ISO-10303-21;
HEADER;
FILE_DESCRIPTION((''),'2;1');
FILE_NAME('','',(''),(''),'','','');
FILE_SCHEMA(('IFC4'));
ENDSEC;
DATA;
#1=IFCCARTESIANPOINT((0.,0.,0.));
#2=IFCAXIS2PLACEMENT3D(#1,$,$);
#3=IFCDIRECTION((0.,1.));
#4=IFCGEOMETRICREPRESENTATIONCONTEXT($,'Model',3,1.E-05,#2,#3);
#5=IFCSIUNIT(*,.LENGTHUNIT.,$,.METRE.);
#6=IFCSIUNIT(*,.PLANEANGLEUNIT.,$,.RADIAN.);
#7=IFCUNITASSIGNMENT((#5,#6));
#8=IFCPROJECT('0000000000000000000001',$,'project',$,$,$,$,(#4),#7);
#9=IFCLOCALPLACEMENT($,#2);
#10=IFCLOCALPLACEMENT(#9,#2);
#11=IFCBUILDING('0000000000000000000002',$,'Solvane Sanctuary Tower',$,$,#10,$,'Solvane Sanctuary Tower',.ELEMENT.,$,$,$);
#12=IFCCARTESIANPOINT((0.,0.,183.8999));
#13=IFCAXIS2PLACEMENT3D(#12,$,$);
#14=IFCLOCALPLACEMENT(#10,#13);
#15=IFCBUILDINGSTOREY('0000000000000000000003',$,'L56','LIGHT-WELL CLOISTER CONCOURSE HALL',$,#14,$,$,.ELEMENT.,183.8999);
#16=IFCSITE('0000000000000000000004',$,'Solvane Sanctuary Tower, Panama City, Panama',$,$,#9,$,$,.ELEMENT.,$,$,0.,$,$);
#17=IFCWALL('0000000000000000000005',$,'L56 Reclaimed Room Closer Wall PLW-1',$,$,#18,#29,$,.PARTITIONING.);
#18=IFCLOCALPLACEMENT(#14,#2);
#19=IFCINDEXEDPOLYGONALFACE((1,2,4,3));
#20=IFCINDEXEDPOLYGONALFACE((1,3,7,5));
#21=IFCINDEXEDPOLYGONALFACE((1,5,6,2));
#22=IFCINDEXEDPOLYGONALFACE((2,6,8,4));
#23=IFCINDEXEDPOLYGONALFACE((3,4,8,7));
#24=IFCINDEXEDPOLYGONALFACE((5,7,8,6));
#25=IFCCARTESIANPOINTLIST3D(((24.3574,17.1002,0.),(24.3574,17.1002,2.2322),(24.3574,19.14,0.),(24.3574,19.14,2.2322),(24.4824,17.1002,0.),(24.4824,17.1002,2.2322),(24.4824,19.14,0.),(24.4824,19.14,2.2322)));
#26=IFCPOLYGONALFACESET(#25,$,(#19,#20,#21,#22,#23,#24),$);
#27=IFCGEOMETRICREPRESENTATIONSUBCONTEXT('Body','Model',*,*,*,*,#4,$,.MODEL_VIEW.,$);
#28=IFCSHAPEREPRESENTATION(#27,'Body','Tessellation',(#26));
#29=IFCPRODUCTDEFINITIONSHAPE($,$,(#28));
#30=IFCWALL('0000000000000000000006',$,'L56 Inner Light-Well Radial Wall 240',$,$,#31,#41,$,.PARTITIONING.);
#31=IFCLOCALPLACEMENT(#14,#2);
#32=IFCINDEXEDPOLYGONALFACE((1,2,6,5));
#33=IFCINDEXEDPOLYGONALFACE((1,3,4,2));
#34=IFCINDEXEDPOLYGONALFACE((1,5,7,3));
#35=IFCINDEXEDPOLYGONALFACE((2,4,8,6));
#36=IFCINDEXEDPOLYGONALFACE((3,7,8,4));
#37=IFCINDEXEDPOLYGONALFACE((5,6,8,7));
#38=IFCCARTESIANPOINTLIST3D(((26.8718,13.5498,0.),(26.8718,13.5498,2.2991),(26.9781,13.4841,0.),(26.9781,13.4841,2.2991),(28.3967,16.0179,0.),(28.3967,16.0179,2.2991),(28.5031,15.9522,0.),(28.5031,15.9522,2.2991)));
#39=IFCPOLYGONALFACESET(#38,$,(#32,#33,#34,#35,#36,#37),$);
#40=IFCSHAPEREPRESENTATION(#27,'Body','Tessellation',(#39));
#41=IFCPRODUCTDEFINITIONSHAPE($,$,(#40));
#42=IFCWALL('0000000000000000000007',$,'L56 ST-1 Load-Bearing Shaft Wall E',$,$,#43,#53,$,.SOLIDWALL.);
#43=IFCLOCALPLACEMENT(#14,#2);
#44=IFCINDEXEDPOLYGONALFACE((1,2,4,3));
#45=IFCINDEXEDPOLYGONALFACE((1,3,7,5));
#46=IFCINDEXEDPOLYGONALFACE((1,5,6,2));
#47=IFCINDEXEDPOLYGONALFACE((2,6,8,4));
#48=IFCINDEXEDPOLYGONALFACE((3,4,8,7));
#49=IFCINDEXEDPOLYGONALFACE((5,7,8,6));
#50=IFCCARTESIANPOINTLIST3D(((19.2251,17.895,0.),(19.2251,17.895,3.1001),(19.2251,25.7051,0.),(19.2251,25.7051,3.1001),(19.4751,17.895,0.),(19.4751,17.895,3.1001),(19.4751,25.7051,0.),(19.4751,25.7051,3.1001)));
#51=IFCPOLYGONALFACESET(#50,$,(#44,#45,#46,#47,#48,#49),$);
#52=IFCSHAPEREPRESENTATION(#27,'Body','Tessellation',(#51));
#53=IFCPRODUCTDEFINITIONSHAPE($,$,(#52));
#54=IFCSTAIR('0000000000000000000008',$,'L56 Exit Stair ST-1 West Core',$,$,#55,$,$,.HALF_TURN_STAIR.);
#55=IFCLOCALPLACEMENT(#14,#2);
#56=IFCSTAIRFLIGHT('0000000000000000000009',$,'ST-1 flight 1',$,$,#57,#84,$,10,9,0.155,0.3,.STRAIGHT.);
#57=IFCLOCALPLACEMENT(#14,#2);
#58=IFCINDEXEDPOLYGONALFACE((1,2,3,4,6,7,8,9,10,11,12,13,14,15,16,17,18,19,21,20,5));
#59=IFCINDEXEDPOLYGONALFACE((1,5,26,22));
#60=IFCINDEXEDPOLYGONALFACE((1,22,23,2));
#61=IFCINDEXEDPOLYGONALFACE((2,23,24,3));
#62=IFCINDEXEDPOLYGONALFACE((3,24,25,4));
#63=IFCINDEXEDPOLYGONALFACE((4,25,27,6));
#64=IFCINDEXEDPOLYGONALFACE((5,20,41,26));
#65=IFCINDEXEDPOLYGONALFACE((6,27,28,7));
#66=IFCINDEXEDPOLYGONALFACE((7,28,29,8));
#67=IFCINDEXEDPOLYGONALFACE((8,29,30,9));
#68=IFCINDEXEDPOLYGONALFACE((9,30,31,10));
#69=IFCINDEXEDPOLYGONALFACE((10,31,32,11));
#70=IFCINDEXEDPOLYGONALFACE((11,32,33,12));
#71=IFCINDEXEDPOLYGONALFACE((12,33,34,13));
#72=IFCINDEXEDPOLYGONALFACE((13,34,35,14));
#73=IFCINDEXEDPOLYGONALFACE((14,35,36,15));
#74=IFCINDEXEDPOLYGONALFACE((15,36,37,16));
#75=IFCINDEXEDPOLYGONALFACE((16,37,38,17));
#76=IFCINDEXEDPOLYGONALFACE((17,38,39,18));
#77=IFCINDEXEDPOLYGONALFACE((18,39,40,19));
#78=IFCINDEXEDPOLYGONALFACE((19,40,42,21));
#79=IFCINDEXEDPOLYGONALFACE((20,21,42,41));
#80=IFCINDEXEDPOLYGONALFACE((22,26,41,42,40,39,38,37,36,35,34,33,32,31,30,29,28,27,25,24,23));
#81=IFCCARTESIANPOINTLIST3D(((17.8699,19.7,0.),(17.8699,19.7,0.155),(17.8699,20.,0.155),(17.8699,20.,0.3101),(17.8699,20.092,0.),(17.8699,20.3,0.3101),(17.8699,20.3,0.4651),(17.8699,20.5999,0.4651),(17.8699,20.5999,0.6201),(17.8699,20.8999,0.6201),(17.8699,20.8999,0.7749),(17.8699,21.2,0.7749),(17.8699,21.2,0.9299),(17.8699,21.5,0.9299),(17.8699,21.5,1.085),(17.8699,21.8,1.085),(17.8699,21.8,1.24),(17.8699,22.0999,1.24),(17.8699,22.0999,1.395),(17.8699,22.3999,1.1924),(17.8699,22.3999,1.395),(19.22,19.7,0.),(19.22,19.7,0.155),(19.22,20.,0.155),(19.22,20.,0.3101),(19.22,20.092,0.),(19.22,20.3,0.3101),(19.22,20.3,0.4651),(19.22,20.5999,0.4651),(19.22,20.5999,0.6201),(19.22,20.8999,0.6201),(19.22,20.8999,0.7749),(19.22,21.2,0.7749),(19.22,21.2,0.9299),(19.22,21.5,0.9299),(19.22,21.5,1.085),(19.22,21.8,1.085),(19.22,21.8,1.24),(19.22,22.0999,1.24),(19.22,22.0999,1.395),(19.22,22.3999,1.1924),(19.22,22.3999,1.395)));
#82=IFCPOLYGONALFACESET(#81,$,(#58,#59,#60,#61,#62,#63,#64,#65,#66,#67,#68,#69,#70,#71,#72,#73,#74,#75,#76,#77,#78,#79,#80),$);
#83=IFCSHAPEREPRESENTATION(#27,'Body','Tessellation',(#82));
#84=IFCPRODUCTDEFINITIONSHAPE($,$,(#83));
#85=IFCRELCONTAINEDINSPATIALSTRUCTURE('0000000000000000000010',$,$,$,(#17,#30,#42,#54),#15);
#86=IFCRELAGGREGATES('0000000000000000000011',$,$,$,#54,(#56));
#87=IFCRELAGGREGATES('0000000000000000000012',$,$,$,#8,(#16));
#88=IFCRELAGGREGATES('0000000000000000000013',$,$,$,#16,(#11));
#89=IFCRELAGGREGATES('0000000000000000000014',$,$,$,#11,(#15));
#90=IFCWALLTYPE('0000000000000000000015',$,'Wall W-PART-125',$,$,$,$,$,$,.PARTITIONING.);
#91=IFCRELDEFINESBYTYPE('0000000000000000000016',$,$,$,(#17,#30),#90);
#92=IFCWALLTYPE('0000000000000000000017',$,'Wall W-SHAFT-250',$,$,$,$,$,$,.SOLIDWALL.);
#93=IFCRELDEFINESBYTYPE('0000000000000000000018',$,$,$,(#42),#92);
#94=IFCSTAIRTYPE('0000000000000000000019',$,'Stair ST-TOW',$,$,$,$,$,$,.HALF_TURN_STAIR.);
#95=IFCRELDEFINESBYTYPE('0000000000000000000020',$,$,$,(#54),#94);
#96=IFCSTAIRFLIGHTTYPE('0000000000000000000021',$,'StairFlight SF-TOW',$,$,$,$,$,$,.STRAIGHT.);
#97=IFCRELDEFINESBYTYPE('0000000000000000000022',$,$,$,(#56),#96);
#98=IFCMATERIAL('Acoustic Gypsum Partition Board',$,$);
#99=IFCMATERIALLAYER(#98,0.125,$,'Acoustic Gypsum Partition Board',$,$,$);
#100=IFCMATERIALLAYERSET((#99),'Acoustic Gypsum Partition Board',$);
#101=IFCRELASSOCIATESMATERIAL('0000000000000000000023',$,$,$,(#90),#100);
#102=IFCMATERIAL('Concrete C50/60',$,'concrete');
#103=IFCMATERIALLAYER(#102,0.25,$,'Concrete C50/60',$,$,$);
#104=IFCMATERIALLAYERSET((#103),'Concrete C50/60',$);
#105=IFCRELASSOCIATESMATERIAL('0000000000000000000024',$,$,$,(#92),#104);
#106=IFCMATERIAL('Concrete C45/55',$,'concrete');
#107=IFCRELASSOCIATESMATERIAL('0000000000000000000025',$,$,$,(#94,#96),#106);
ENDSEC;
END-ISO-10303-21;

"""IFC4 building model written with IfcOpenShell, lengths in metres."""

from ifc_helpers import new_model, si_unit, direction, frame, frame_2d, origin, place, context, subcontext, project, spatial, polyline, rectangle, outline, extrude, material, layer, layer_set, type_object, element, aggregate, save


model = new_model("IFC4")

# Units and contexts
model_context = context("Model", 3, precision=1e-05, world=origin(), true_north=direction((0.0, 1.0)))
body_context = subcontext(model_context, "Body", "Model", "MODEL_VIEW")
ifc_project = project(units=[si_unit("LENGTHUNIT", "METRE"), si_unit("PLANEANGLEUNIT", "RADIAN")], contexts=[model_context])

# Site, building, storey
site_placement = place(None, origin())
site = spatial("IfcSite", under=ifc_project, at=site_placement, Name="Solvane Sanctuary Tower, Panama City, Panama", CompositionType="ELEMENT", RefElevation=0.0)
building_placement = place(site_placement, origin())
building = spatial("IfcBuilding", under=site, at=building_placement, Name="Solvane Sanctuary Tower", LongName="Solvane Sanctuary Tower", CompositionType="ELEMENT")
storey_placement = place(building_placement, frame((0.0, 0.0, 183.8999)))
storey = spatial("IfcBuildingStorey", under=building, at=storey_placement, Name="L56", Description="LIGHT-WELL CLOISTER CONCOURSE HALL", CompositionType="ELEMENT", Elevation=183.8999)

# Shared definitions
ifc_material_1 = material(Name="Concrete C50/60", Category="concrete")

# Shared definitions
ifc_material_2 = material(Name="Acoustic Gypsum Partition Board")
ifc_layer_1 = layer(ifc_material_2, 0.125, Name="Acoustic Gypsum Partition Board")
ifc_layer_set_1 = layer_set([ifc_layer_1], Name="Acoustic Gypsum Partition Board")
wall_type_1 = type_object("IfcWallType", Name="Wall W-PART-125", PredefinedType="PARTITIONING", material=ifc_layer_set_1)

# Walls
wall_1_placement = place(storey_placement, frame((24.4199, 17.1001, 0.0), z_axis=(0.0, 0.0, 1.0), x_axis=(0.0, 1.0, 0.0)))
element("IfcWall", 1, at=wall_1_placement, inside=storey, type_object=wall_type_1, Name="L56 Reclaimed Room Closer Wall PLW-1", PredefinedType="PARTITIONING", context=body_context, shape_type="SweptSolid", body=[
    extrude(rectangle(XDim=2.0398, YDim=0.125, at=frame_2d((1.02, 0.0))), origin(), (0.0, 0.0, 1.0), 2.2322),
])
wall_2_placement = place(storey_placement, frame((28.45, 15.9851, 0.0), z_axis=(0.0, 0.0, 1.0), x_axis=(-0.525627, -0.850715, 0.0)))
element("IfcWall", 2, at=wall_2_placement, inside=storey, type_object=wall_type_1, Name="L56 Inner Light-Well Radial Wall 240", PredefinedType="PARTITIONING", context=body_context, shape_type="SweptSolid", body=[
    extrude(rectangle(XDim=2.9011, YDim=0.125, at=frame_2d((1.4507, 0.0))), origin(), (0.0, 0.0, 1.0), 2.2991),
])
ifc_layer_2 = layer(ifc_material_1, 0.25, Name="Concrete C50/60")
ifc_layer_set_2 = layer_set([ifc_layer_2], Name="Concrete C50/60")
wall_type_2 = type_object("IfcWallType", Name="Wall W-SHAFT-250", PredefinedType="SOLIDWALL", material=ifc_layer_set_2)
wall_3_placement = place(storey_placement, frame((19.3501, 17.895, 0.0), z_axis=(0.0, 0.0, 1.0), x_axis=(0.0, 1.0, 0.0)))
element("IfcWall", 3, at=wall_3_placement, inside=storey, type_object=wall_type_2, Name="L56 ST-1 Load-Bearing Shaft Wall E", PredefinedType="SOLIDWALL", context=body_context, shape_type="SweptSolid", body=[
    extrude(rectangle(XDim=7.8101, YDim=0.25, at=frame_2d((3.905, 0.0))), origin(), (0.0, 0.0, 1.0), 3.1001),
])

# Stair, stair flight
ifc_material_3 = material(Name="Concrete C45/55", Category="concrete")
stair_type = type_object("IfcStairType", Name="Stair ST-TOW", PredefinedType="HALF_TURN_STAIR", material=ifc_material_3)
stair_placement = place(storey_placement, origin())
stair = element("IfcStair", 4, at=stair_placement, inside=storey, type_object=stair_type, Name="L56 Exit Stair ST-1 West Core", PredefinedType="HALF_TURN_STAIR")
stair_flight_type = type_object("IfcStairFlightType", Name="StairFlight SF-TOW", PredefinedType="STRAIGHT", material=ifc_material_3)
stair_flight_placement = place(storey_placement, frame((18.5449, 19.7, 0.0), z_axis=(0.0, 0.0, 1.0), x_axis=(0.0, 1.0, 0.0)))
stair_flight = element("IfcStairFlight", 5, at=stair_flight_placement, type_object=stair_flight_type, Name="ST-1 flight 1", NumberOfRisers=10, NumberOfTreads=9, PredefinedType="STRAIGHT", RiserHeight=0.155, TreadLength=0.3, context=body_context, shape_type="SweptSolid", body=[
    extrude(outline(polyline([(0.0, 0.0), (0.0, 0.155), (0.3, 0.155), (0.3, 0.3101), (0.6001, 0.3101), (0.6001, 0.4651), (0.8999, 0.4651), (0.8999, 0.6201), (1.2, 0.6201), (1.2, 0.7749), (1.5, 0.7749), (1.5, 0.9299), (1.8, 0.9299), (1.8, 1.085), (2.1001, 1.085), (2.1001, 1.24), (2.3999, 1.24), (2.3999, 1.395), (2.7, 1.395), (2.7, 1.55), (2.7, 1.1924), (0.3921, 0.0), (0.0, 0.0)])), frame((0.0, 0.675, 0.0), z_axis=(0.0, -1.0, 0.0), x_axis=(1.0, 0.0, 0.0)), (0.0, 0.0, 1.0), 1.3501),
])
aggregate(stair, [stair_flight])

save(model, "model.ifc")
